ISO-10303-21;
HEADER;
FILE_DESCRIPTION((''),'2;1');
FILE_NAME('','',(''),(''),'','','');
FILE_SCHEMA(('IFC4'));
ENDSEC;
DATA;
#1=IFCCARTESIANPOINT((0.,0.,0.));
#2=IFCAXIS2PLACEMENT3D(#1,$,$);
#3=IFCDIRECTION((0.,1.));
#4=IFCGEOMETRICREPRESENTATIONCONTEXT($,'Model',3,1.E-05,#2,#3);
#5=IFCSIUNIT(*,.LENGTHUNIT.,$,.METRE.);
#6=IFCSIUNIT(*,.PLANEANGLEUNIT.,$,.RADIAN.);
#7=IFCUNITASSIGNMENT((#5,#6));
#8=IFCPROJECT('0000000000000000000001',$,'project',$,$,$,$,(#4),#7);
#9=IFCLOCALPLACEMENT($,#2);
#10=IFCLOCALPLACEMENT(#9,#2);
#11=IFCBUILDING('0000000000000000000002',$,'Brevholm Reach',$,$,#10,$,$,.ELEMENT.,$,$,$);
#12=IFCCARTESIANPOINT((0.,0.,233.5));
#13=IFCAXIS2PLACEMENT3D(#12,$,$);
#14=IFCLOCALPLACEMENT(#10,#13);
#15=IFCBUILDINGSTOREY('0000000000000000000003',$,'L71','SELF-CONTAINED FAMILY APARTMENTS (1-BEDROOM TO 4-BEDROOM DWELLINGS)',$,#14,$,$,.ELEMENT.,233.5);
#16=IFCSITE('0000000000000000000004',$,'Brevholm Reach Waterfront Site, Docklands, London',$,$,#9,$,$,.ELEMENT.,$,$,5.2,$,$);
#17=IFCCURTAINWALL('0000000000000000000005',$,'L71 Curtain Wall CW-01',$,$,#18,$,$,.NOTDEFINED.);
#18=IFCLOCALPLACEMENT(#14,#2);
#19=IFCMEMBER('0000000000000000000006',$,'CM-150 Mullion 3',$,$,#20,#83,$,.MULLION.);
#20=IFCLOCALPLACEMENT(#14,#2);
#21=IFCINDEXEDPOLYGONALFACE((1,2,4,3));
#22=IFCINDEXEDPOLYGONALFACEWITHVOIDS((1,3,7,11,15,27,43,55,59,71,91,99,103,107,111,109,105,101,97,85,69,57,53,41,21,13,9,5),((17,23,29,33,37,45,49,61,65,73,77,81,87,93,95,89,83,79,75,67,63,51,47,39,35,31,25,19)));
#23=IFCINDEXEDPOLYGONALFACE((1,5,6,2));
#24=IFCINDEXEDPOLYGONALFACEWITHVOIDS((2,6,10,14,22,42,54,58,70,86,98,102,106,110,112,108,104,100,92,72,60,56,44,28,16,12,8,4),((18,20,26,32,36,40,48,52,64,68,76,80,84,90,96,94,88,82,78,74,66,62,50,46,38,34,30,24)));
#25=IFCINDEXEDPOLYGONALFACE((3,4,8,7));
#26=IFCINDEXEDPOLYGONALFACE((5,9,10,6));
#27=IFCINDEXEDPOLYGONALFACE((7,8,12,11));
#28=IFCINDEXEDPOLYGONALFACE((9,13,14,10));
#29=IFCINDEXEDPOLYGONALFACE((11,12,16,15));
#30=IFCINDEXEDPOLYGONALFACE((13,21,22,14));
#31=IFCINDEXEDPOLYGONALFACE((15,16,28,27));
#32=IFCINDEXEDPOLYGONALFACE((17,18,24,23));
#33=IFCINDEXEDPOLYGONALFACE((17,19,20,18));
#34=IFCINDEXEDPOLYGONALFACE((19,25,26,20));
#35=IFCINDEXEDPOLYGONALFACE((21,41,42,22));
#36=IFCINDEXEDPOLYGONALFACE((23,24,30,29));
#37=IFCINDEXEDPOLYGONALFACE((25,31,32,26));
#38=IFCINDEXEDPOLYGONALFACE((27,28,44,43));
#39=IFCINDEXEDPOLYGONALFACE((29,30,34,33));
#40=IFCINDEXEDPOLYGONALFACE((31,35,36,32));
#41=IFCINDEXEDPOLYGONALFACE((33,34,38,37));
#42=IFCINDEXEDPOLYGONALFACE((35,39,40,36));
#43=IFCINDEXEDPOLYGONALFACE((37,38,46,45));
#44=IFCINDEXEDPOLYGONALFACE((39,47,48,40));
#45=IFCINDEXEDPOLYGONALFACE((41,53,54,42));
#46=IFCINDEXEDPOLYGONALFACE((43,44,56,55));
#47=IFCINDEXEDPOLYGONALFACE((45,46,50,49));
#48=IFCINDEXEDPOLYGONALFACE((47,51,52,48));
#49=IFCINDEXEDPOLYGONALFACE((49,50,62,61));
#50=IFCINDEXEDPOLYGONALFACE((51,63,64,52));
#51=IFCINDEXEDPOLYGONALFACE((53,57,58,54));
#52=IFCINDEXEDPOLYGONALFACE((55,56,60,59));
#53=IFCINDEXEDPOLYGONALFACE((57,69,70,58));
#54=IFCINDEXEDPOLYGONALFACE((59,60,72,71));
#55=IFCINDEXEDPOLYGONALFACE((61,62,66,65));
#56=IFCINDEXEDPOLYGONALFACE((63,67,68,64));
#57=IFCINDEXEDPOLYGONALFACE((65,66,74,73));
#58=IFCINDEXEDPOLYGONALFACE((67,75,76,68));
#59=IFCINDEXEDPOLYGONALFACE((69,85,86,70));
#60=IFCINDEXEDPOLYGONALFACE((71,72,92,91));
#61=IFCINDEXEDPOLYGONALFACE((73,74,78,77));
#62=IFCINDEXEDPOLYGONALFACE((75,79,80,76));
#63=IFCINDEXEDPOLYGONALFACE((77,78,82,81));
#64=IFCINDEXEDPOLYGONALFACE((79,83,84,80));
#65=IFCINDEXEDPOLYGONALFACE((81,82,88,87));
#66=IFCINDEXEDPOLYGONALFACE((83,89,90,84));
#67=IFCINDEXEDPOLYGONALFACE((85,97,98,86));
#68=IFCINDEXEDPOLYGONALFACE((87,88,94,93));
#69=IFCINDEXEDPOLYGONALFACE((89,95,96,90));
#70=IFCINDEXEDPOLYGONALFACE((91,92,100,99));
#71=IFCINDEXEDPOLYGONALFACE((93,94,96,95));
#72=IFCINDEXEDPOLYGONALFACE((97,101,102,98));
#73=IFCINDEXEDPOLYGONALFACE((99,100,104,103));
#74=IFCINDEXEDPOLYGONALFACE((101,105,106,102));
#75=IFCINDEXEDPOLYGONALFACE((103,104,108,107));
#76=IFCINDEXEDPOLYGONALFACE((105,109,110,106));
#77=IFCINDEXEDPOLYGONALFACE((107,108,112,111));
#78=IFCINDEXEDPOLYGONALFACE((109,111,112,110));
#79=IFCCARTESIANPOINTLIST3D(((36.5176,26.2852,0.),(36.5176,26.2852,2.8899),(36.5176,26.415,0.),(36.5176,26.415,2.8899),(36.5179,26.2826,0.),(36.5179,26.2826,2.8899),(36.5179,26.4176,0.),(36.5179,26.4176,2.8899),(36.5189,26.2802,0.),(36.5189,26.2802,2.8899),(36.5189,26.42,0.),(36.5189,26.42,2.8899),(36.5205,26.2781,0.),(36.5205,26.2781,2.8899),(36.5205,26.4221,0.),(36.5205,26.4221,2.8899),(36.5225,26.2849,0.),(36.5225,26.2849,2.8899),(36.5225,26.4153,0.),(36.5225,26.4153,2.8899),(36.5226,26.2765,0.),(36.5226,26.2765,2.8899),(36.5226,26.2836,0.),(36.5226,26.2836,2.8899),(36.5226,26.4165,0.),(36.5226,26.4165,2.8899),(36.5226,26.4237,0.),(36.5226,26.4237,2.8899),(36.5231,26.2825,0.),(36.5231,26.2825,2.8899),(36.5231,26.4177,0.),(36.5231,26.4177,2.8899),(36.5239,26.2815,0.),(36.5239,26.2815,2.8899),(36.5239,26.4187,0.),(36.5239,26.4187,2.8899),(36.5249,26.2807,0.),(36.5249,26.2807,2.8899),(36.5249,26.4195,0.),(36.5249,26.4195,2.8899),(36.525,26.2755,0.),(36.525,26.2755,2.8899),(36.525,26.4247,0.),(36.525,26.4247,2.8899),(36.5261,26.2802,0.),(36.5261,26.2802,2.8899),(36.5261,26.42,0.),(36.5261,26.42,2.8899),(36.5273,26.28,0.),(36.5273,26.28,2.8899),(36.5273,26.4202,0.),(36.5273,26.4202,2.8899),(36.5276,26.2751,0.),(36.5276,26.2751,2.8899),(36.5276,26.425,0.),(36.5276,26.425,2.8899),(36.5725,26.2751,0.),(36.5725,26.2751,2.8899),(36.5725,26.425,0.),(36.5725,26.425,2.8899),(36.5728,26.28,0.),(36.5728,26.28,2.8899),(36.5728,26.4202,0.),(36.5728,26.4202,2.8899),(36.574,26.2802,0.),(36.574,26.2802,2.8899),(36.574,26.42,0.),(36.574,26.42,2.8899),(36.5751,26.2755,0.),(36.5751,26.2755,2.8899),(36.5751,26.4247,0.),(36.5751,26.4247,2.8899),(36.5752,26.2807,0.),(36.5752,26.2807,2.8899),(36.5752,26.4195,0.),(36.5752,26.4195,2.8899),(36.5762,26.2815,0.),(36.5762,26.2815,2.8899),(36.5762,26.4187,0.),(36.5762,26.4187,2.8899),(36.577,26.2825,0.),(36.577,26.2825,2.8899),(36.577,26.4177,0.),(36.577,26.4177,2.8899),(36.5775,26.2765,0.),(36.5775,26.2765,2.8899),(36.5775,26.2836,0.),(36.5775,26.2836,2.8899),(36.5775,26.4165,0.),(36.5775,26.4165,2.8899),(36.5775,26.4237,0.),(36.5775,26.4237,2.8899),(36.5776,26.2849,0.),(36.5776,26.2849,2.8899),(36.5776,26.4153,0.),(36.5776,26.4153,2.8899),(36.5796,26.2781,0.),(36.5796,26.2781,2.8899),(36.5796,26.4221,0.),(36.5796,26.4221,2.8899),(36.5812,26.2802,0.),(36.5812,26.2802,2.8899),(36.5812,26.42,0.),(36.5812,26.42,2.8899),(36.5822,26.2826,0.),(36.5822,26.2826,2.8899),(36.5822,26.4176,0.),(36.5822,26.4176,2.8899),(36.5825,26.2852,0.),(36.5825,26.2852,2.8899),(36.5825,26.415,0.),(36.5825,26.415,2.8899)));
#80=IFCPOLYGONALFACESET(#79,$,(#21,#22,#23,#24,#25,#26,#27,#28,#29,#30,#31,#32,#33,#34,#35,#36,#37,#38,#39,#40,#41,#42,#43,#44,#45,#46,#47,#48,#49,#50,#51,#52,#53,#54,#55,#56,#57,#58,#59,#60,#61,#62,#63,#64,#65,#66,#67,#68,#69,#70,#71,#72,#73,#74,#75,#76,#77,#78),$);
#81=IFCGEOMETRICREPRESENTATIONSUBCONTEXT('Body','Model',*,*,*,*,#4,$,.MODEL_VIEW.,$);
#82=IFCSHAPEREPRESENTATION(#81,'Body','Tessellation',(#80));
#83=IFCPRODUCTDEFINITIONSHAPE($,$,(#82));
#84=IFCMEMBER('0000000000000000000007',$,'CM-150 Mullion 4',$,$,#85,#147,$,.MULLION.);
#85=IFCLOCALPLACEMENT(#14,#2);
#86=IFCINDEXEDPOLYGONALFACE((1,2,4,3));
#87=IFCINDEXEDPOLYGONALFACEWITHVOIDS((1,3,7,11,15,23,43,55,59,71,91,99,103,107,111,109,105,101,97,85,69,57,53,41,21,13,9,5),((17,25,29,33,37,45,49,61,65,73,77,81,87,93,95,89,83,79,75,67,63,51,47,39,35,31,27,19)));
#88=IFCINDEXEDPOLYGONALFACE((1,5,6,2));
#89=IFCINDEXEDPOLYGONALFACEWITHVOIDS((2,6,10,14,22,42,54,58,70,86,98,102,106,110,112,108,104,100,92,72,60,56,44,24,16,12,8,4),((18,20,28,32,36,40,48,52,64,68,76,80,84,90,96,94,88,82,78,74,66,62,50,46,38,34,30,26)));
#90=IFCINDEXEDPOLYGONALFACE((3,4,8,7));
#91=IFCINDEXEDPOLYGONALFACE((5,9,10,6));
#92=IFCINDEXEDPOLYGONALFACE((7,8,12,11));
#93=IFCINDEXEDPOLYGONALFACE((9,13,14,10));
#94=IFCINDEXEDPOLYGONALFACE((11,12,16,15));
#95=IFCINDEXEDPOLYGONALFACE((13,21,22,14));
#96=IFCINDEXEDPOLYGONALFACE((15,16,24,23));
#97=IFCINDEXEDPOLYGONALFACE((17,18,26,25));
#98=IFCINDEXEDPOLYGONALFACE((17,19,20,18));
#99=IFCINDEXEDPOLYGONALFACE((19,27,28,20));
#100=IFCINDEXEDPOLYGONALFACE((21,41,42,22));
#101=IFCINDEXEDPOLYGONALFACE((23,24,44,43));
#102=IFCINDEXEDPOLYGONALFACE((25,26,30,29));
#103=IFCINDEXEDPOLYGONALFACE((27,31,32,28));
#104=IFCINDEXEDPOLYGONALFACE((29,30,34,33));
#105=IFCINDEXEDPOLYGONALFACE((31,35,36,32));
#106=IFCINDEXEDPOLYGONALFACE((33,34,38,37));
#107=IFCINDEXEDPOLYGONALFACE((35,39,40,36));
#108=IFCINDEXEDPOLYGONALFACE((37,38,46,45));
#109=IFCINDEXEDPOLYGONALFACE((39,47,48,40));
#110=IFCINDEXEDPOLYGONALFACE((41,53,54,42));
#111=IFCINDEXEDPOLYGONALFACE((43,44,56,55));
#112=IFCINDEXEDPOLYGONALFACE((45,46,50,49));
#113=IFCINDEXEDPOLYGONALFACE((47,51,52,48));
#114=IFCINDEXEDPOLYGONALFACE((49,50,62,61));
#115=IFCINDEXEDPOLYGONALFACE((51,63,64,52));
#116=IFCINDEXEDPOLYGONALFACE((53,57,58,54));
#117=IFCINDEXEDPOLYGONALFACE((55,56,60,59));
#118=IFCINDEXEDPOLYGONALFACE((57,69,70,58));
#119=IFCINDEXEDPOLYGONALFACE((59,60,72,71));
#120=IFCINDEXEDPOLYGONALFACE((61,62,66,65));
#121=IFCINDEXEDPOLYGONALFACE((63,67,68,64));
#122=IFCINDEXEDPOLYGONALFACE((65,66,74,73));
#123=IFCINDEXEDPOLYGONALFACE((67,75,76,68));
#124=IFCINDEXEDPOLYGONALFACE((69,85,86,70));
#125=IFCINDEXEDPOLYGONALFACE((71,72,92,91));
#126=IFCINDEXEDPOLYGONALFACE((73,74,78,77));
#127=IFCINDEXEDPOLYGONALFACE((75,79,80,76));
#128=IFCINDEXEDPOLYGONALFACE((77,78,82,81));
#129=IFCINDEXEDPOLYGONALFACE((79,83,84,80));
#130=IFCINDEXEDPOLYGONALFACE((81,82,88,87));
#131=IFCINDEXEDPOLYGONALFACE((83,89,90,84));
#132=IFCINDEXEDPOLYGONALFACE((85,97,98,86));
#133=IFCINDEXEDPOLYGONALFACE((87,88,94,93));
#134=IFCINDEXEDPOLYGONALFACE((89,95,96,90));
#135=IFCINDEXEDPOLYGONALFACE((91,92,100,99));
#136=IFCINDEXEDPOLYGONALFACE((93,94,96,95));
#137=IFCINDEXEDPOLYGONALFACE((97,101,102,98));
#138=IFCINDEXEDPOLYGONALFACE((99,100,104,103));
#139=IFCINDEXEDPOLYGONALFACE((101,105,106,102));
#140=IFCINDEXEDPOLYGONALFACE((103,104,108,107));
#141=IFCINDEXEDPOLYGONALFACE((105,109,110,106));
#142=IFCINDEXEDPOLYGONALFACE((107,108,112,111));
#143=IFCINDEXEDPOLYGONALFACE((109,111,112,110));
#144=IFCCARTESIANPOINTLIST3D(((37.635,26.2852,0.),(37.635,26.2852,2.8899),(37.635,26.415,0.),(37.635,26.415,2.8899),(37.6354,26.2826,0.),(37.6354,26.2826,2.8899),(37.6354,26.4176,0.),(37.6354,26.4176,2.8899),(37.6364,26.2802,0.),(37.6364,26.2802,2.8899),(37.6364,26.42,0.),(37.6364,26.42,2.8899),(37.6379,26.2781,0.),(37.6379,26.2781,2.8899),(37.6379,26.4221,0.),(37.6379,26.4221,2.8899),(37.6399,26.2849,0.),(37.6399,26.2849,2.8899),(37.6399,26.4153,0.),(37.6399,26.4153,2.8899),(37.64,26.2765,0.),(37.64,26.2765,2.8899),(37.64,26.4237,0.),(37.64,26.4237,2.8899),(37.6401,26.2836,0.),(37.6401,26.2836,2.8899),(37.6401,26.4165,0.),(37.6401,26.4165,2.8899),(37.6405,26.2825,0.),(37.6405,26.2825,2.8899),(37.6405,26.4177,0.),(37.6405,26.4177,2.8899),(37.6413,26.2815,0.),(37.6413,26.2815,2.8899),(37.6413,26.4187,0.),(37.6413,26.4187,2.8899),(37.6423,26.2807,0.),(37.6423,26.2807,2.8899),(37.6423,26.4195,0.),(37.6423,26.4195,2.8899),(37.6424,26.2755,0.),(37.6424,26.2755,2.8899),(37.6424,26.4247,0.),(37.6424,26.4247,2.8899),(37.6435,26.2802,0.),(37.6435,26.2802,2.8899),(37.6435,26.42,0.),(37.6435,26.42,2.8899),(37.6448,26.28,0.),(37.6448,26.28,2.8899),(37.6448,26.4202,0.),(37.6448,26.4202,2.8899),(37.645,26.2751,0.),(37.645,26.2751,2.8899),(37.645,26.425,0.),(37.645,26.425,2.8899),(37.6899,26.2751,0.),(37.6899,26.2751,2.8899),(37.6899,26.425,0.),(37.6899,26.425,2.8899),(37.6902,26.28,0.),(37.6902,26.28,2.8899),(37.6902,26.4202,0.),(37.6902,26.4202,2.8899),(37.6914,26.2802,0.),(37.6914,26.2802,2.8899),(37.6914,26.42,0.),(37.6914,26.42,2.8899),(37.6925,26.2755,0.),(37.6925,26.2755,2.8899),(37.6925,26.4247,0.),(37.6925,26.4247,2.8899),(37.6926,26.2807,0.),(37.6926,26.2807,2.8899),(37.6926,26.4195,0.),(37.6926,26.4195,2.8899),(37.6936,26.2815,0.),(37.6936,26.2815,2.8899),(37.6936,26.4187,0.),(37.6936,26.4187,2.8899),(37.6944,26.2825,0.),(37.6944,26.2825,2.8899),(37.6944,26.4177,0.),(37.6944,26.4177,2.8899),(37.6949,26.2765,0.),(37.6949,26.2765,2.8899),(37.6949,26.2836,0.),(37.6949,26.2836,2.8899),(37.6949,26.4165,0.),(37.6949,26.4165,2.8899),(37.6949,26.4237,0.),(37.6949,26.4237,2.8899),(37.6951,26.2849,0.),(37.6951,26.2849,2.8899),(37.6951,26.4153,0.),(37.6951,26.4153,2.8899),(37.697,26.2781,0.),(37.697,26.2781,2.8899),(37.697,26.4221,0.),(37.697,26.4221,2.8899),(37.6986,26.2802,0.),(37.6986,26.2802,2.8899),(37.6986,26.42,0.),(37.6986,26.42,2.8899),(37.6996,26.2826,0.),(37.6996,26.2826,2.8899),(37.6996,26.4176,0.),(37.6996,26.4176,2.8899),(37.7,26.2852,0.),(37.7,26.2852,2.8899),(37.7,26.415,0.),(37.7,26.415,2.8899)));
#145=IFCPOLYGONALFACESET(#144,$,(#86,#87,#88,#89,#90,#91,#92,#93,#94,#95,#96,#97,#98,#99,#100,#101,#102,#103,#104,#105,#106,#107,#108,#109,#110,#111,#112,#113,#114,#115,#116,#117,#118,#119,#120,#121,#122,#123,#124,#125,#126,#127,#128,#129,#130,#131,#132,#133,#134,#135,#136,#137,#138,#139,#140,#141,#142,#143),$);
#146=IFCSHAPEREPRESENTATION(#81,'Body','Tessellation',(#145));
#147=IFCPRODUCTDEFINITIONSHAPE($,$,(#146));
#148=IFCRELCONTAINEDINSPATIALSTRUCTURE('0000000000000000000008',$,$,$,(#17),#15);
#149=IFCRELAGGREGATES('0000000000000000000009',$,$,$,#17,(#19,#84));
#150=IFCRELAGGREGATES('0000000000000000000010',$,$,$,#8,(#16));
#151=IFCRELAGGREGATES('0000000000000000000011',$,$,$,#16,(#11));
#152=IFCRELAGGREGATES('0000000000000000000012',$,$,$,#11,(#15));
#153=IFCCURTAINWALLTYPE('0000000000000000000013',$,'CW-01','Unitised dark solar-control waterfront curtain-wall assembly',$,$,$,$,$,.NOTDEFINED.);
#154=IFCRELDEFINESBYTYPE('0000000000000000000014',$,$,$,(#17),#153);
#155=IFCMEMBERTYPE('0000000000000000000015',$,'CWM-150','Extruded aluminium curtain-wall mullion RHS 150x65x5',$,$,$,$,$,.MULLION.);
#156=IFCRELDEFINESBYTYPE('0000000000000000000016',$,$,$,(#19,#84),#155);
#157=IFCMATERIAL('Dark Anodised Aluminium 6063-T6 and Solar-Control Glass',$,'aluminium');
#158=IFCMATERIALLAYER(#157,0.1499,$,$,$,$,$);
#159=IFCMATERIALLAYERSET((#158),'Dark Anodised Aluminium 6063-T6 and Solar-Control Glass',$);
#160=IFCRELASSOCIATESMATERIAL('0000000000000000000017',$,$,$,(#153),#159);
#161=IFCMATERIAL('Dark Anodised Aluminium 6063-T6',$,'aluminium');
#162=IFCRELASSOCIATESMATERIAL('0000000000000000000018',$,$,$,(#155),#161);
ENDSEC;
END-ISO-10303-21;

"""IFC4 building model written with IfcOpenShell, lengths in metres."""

from ifc_helpers import new_model, si_unit, direction, frame, origin, origin_2d, place, context, subcontext, project, spatial, hollow_rectangle, extrude, material, layer, layer_set, material_profile, profile_set, type_object, element, aggregate, save


model = new_model("IFC4")

# Units and contexts
model_context = context("Model", 3, precision=1e-05, world=origin(), true_north=direction((0.0, 1.0)))
body_context = subcontext(model_context, "Body", "Model", "MODEL_VIEW")
ifc_project = project(units=[si_unit("LENGTHUNIT", "METRE"), si_unit("PLANEANGLEUNIT", "RADIAN")], contexts=[model_context])

# Site, building, storey
site_placement = place(None, origin())
site = spatial("IfcSite", under=ifc_project, at=site_placement, Name="Brevholm Reach Waterfront Site, Docklands, London", CompositionType="ELEMENT", RefElevation=5.2)
building_placement = place(site_placement, origin())
building = spatial("IfcBuilding", under=site, at=building_placement, Name="Brevholm Reach", CompositionType="ELEMENT")
storey_placement = place(building_placement, frame((0.0, 0.0, 233.5)))
storey = spatial("IfcBuildingStorey", under=building, at=storey_placement, Name="L71", Description="SELF-CONTAINED FAMILY APARTMENTS (1-BEDROOM TO 4-BEDROOM DWELLINGS)", CompositionType="ELEMENT", Elevation=233.5)

# Curtain wall, members
ifc_material_1 = material(Name="Dark Anodised Aluminium 6063-T6 and Solar-Control Glass", Category="aluminium")
ifc_layer_1 = layer(ifc_material_1, 0.1499)
ifc_layer_set_1 = layer_set([ifc_layer_1], Name="Dark Anodised Aluminium 6063-T6 and Solar-Control Glass")
curtain_wall_type = type_object("IfcCurtainWallType", Name="CW-01", Description="Unitised dark solar-control waterfront curtain-wall assembly", PredefinedType="NOTDEFINED", material=ifc_layer_set_1)
curtain_wall_placement = place(storey_placement, origin())
curtain_wall = element("IfcCurtainWall", 1, at=curtain_wall_placement, inside=storey, type_object=curtain_wall_type, Name="L71 Curtain Wall CW-01", PredefinedType="NOTDEFINED")
ifc_material_2 = material(Name="Dark Anodised Aluminium 6063-T6", Category="aluminium")
ifc_material_profile_1 = material_profile(ifc_material_2, hollow_rectangle(XDim=0.0649, YDim=0.1499, WallThickness=0.0049, InnerFilletRadius=0.0049, OuterFilletRadius=0.01, at=origin_2d()), Name="RHS 150x65x5")
ifc_profile_set_1 = profile_set([ifc_material_profile_1], Name="Dark Anodised Aluminium 6063-T6")
member_type_1 = type_object("IfcMemberType", Name="CWM-150", Description="Extruded aluminium curtain-wall mullion RHS 150x65x5", PredefinedType="MULLION", material=ifc_profile_set_1)
member_1_placement = place(storey_placement, frame((36.55, 26.3501, 0.0), z_axis=(0.0, 0.0, 1.0), x_axis=(1.0, 0.0, 0.0)))
member_1 = element("IfcMember", 2, at=member_1_placement, type_object=member_type_1, Name="CM-150 Mullion 3", PredefinedType="MULLION", context=body_context, shape_type="SweptSolid", body=[
    extrude(hollow_rectangle(XDim=0.0649, YDim=0.1499, WallThickness=0.0049, InnerFilletRadius=0.0049, OuterFilletRadius=0.01, at=origin_2d()), origin(), (0.0, 0.0, 1.0), 2.8899),
])
member_2_placement = place(storey_placement, frame((37.6675, 26.3501, 0.0), z_axis=(0.0, 0.0, 1.0), x_axis=(1.0, 0.0, 0.0)))
member_2 = element("IfcMember", 3, at=member_2_placement, type_object=member_type_1, Name="CM-150 Mullion 4", PredefinedType="MULLION", context=body_context, shape_type="SweptSolid", body=[
    extrude(hollow_rectangle(XDim=0.0649, YDim=0.1499, WallThickness=0.0049, InnerFilletRadius=0.0049, OuterFilletRadius=0.01, at=origin_2d()), origin(), (0.0, 0.0, 1.0), 2.8899),
])
aggregate(curtain_wall, [member_1, member_2])

save(model, "model.ifc")
